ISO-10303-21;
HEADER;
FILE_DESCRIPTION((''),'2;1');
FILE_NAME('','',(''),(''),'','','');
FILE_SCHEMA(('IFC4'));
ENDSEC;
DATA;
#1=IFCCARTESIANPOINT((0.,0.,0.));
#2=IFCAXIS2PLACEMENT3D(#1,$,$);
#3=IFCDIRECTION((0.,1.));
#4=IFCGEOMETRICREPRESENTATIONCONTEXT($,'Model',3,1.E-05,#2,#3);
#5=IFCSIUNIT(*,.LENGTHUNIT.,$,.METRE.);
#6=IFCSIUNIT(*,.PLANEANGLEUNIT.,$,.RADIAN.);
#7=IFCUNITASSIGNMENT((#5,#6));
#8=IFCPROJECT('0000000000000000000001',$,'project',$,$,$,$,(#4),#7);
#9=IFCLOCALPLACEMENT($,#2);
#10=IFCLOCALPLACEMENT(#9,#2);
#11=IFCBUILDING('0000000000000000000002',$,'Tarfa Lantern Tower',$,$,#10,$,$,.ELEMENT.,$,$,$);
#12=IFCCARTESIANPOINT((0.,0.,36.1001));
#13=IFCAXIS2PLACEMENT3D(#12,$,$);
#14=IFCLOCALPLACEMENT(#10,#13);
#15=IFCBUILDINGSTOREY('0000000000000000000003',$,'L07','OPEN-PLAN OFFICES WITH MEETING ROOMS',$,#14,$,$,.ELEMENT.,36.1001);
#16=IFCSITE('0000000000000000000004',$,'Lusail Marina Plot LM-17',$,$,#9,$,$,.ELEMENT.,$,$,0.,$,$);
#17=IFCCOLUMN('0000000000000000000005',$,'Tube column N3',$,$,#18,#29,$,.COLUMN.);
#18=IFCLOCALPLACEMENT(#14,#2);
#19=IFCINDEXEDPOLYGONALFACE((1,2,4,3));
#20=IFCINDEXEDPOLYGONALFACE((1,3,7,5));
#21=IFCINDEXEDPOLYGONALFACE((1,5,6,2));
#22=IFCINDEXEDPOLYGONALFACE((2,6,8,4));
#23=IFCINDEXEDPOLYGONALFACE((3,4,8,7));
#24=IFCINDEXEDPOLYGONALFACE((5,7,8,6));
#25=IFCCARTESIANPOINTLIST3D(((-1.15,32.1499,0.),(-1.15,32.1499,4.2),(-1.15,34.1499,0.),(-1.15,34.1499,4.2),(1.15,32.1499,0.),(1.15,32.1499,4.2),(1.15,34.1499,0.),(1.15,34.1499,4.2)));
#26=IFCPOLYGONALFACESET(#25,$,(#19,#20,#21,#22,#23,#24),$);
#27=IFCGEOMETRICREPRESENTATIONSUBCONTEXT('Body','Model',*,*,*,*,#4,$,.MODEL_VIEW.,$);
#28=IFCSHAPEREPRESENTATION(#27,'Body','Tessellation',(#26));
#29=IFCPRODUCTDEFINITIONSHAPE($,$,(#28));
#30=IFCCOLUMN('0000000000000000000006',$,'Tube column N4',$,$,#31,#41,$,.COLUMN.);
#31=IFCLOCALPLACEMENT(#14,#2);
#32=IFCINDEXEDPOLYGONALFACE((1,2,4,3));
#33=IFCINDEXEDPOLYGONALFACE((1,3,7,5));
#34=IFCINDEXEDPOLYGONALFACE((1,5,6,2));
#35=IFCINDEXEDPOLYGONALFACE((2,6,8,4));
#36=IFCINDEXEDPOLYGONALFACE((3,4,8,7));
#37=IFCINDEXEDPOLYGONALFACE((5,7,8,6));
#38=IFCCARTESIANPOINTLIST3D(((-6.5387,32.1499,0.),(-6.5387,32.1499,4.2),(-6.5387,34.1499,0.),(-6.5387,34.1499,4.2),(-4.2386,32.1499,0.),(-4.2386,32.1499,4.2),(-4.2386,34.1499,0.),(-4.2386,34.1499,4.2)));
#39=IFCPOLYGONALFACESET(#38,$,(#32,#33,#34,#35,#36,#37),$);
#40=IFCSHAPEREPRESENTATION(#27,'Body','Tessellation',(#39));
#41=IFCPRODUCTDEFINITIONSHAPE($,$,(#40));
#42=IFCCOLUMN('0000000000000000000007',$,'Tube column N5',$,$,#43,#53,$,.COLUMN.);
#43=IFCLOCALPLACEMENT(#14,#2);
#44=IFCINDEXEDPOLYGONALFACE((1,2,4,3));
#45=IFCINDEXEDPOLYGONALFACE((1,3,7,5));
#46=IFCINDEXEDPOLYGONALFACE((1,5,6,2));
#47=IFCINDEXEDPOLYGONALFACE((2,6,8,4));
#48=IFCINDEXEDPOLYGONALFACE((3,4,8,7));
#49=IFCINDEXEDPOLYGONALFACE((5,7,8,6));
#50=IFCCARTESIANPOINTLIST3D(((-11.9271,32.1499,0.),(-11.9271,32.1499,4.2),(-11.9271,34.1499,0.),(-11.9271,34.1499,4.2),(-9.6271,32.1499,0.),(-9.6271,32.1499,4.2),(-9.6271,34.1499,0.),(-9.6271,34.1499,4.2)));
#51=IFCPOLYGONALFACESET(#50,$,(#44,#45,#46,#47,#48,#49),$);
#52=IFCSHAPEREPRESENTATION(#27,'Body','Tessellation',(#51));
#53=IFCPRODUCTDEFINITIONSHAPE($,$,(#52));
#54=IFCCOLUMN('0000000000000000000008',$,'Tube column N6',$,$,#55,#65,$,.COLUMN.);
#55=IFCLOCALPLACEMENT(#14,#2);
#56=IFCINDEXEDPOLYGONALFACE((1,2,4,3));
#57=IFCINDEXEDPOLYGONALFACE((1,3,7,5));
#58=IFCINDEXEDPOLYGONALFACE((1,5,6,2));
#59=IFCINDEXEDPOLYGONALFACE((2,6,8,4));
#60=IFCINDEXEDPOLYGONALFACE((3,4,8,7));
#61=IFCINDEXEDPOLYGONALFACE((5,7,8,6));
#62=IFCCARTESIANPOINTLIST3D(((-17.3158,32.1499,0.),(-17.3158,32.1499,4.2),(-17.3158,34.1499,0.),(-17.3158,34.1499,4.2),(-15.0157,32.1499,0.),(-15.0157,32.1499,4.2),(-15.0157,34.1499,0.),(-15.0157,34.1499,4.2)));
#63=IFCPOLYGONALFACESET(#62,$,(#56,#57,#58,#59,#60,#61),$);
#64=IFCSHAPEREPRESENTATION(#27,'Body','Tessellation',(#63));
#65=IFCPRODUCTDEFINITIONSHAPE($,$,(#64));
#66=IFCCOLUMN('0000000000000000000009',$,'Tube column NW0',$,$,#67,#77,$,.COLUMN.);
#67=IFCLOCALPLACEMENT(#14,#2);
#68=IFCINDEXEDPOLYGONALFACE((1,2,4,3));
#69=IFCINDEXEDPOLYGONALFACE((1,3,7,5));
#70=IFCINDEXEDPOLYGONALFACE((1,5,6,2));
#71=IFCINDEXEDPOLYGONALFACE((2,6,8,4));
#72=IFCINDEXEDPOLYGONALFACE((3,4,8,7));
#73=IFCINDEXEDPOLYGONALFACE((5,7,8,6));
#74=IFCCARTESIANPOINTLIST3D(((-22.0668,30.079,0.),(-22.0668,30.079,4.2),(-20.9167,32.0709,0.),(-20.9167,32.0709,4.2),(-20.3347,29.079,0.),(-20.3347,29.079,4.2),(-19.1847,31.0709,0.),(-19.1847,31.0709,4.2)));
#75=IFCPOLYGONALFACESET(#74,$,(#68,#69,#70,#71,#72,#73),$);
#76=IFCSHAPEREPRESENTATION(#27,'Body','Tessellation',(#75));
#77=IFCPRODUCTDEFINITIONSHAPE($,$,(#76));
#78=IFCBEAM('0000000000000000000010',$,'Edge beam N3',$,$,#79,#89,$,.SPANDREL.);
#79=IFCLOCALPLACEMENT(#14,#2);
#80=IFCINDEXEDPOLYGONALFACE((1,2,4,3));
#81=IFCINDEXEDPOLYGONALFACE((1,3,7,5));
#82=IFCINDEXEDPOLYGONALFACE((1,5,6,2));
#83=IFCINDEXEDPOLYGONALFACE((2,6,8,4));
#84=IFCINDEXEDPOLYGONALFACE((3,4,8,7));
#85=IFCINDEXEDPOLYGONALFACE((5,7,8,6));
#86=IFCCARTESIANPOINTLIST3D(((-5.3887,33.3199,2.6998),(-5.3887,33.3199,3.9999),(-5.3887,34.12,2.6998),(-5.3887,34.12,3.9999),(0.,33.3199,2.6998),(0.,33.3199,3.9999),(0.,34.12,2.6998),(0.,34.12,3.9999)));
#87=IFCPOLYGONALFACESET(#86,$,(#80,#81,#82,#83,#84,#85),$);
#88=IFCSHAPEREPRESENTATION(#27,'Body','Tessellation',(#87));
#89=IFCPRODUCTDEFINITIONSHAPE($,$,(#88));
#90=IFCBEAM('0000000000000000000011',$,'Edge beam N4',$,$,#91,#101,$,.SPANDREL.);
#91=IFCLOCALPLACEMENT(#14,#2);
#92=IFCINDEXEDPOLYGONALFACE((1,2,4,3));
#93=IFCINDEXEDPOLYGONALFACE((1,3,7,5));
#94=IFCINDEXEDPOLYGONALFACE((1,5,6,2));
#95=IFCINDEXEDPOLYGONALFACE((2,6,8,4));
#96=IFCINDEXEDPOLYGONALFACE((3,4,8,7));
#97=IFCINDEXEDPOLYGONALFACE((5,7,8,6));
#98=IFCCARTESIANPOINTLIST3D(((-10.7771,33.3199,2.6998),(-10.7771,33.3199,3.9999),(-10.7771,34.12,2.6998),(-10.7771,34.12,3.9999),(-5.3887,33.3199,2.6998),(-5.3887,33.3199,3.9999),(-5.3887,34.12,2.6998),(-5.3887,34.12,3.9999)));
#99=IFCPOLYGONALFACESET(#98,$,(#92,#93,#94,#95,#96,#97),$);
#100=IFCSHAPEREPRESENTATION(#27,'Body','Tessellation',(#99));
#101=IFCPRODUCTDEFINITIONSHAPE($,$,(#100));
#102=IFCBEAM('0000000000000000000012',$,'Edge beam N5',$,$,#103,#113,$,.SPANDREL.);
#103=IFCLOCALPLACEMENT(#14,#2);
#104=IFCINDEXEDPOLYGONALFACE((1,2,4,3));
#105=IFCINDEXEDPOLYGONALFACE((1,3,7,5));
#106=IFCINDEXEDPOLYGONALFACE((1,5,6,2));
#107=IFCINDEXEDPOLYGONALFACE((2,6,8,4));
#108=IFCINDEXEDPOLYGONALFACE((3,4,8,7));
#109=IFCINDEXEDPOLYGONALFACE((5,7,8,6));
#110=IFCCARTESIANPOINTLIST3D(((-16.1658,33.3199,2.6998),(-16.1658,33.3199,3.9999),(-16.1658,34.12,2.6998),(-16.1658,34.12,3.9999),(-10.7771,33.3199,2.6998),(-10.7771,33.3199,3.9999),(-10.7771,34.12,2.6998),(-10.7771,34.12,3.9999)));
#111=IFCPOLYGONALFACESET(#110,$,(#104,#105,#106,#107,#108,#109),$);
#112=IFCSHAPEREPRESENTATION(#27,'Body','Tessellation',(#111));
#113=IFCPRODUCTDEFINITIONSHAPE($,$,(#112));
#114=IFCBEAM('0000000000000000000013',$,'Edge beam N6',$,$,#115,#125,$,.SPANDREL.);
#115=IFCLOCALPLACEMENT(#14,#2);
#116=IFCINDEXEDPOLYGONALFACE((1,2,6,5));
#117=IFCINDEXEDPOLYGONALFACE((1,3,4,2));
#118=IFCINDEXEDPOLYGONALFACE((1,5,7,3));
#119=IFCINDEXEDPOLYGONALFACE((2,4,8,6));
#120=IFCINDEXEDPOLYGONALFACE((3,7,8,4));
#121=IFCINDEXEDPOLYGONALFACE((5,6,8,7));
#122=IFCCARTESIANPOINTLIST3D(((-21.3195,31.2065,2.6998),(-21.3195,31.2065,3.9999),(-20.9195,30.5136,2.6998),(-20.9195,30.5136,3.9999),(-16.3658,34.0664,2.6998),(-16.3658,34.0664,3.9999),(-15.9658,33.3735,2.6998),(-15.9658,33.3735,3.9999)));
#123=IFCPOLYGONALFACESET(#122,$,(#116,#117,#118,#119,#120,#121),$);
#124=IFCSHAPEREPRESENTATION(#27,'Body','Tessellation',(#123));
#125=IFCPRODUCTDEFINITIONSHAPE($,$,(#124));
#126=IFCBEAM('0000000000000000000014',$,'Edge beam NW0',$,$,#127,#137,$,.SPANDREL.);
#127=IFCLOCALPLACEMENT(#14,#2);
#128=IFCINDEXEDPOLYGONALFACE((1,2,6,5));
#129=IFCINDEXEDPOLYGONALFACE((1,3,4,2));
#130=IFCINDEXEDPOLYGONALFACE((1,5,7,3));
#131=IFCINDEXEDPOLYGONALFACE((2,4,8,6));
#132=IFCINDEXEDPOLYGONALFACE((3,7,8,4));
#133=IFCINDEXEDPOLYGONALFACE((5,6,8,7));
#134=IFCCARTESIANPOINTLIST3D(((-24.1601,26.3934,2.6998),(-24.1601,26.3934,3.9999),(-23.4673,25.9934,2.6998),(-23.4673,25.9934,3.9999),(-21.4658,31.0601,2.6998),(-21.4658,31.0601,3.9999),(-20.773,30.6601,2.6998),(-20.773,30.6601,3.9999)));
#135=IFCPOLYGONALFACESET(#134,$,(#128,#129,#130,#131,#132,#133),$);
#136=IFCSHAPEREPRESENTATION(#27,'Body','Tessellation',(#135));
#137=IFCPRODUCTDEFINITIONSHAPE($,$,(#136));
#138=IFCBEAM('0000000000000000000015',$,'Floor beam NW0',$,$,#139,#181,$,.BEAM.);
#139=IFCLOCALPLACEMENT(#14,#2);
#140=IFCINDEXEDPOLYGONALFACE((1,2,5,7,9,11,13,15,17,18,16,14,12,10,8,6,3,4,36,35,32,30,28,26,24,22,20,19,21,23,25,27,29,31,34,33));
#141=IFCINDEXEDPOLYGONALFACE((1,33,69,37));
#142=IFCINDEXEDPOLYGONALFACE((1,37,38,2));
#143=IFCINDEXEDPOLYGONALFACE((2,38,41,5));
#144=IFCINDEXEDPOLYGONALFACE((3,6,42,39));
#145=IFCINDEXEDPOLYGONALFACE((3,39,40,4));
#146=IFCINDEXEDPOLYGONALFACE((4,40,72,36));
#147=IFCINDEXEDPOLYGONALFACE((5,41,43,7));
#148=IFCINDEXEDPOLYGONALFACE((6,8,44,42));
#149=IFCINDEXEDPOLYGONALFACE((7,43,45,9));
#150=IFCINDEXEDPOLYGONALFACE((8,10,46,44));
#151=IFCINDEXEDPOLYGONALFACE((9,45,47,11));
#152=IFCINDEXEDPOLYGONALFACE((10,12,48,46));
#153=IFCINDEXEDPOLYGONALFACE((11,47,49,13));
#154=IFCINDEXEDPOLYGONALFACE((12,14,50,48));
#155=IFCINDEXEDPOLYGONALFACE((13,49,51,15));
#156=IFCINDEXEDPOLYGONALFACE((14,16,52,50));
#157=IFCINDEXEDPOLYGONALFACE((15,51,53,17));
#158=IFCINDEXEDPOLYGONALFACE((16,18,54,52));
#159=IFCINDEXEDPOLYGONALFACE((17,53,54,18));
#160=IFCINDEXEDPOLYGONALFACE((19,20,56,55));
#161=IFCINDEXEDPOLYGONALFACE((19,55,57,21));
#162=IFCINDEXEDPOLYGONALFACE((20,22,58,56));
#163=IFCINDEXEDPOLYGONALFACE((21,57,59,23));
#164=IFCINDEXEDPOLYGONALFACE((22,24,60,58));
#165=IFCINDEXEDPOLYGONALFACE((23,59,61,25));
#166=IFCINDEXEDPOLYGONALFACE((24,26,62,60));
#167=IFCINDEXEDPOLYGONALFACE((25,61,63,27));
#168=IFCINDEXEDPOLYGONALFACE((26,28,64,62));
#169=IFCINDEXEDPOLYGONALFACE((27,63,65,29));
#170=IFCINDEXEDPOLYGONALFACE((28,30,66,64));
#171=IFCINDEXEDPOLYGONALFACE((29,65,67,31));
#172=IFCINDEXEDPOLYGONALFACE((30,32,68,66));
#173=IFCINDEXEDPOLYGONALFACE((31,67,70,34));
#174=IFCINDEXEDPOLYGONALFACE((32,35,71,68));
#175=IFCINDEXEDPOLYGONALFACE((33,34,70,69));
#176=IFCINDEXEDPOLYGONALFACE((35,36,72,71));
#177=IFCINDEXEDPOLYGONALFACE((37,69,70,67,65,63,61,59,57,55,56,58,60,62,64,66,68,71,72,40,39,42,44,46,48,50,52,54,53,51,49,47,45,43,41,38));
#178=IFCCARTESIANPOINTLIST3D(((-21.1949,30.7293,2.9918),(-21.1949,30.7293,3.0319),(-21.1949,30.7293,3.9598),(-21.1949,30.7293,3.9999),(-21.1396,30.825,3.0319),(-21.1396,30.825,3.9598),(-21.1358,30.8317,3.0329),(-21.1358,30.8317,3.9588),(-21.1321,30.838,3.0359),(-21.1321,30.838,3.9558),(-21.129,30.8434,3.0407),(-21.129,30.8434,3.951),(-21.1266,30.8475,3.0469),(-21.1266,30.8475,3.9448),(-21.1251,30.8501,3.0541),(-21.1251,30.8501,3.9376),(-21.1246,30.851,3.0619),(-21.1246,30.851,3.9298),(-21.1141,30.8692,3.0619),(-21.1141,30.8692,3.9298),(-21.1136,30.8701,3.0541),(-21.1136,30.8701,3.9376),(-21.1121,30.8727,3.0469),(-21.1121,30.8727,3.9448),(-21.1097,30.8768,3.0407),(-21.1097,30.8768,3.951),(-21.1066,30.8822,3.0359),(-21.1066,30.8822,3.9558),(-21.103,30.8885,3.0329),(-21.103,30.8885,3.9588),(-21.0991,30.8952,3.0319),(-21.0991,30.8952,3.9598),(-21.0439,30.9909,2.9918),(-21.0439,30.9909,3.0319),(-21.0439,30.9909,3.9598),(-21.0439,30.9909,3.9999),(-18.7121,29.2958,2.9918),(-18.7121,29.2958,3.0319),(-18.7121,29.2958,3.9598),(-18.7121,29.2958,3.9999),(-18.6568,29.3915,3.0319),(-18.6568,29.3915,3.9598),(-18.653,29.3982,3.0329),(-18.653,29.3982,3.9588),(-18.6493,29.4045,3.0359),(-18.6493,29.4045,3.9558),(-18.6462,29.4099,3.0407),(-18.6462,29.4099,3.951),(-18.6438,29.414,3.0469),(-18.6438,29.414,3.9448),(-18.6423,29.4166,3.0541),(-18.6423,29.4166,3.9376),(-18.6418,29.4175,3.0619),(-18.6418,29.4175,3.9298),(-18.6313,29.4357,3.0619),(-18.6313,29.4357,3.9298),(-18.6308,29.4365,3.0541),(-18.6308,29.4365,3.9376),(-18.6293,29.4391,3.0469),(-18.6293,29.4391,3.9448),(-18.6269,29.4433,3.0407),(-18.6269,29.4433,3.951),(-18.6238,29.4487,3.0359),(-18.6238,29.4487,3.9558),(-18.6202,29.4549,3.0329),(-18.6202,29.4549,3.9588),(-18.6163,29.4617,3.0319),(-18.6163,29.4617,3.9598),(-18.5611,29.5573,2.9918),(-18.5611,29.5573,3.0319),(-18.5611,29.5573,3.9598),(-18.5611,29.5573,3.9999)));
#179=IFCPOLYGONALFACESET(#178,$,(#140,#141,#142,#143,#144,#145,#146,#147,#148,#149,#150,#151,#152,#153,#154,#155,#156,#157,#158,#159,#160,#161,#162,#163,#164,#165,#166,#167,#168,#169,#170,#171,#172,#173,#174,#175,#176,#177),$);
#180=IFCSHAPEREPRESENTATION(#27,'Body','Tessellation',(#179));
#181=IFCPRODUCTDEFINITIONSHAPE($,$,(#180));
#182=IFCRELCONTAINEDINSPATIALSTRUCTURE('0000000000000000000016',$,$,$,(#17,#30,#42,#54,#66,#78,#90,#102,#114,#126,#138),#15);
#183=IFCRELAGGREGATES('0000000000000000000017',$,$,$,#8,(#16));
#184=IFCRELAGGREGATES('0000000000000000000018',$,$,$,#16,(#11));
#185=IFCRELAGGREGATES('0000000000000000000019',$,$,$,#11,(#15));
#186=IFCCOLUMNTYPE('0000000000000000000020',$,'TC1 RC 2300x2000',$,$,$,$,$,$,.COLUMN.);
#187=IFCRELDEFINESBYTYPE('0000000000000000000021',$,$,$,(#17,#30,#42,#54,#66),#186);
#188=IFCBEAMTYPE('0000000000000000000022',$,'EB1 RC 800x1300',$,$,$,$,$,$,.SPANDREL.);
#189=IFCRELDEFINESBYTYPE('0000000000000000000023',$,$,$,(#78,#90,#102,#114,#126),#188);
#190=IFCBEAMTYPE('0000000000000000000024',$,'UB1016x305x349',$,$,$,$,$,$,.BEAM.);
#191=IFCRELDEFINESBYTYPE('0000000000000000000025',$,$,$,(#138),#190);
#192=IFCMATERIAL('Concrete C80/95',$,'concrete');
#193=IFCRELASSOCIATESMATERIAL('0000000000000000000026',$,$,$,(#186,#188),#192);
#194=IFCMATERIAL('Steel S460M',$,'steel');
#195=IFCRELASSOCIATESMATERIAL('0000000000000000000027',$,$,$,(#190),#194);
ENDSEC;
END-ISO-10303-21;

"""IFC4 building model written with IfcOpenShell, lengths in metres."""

from ifc_helpers import new_model, si_unit, direction, frame, origin, origin_2d, place, context, subcontext, project, spatial, rectangle, i_section, extrude, material, material_profile, profile_set, type_object, element, save


model = new_model("IFC4")

# Units and contexts
model_context = context("Model", 3, precision=1e-05, world=origin(), true_north=direction((0.0, 1.0)))
body_context = subcontext(model_context, "Body", "Model", "MODEL_VIEW")
ifc_project = project(units=[si_unit("LENGTHUNIT", "METRE"), si_unit("PLANEANGLEUNIT", "RADIAN")], contexts=[model_context])

# Site, building, storey
site_placement = place(None, origin())
site = spatial("IfcSite", under=ifc_project, at=site_placement, Name="Lusail Marina Plot LM-17", CompositionType="ELEMENT", RefElevation=0.0)
building_placement = place(site_placement, origin())
building = spatial("IfcBuilding", under=site, at=building_placement, Name="Tarfa Lantern Tower", CompositionType="ELEMENT")
storey_placement = place(building_placement, frame((0.0, 0.0, 36.1001)))
storey = spatial("IfcBuildingStorey", under=building, at=storey_placement, Name="L07", Description="OPEN-PLAN OFFICES WITH MEETING ROOMS", CompositionType="ELEMENT", Elevation=36.1001)

# Columns
ifc_material_1 = material(Name="Concrete C80/95", Category="concrete")
ifc_material_profile_1 = material_profile(ifc_material_1, rectangle(XDim=2.3, YDim=2.0, at=origin_2d()), Name="RC 2300x2000")
ifc_profile_set_1 = profile_set([ifc_material_profile_1], Name="Concrete C80/95")
column_type = type_object("IfcColumnType", Name="TC1 RC 2300x2000", PredefinedType="COLUMN", material=ifc_profile_set_1)
for number, where, z_axis, x_axis, name in (
    (1, (0.0, 33.1499, 0.0), (0.0, 0.0, 1.0), (-1.0, 0.0, 0.0), "Tube column N3"),
    (2, (-5.3887, 33.1499, 0.0), (0.0, 0.0, 1.0), (-1.0, 0.0, 0.0), "Tube column N4"),
    (3, (-10.7771, 33.1499, 0.0), (0.0, 0.0, 1.0), (-1.0, 0.0, 0.0), "Tube column N5"),
    (4, (-16.1658, 33.1499, 0.0), (0.0, 0.0, 1.0), (-1.0, 0.0, 0.0), "Tube column N6"),
    (5, (-20.6257, 30.575, 0.0), (0.0, 0.0, 1.0), (-0.5, -0.866025, 0.0), "Tube column NW0"),
):
    element("IfcColumn", number, at=place(storey_placement, frame(where, z_axis=z_axis, x_axis=x_axis)), inside=storey, type_object=column_type, Name=name, PredefinedType="COLUMN", context=body_context, shape_type="SweptSolid", body=[
        extrude(rectangle(XDim=2.3, YDim=2.0, at=origin_2d()), origin(), (0.0, 0.0, 1.0), 4.2),
    ])

# Beams
ifc_material_profile_2 = material_profile(ifc_material_1, rectangle(XDim=0.8, YDim=1.3, at=origin_2d()), Name="RC 800x1300")
ifc_profile_set_2 = profile_set([ifc_material_profile_2], Name="Concrete C80/95")
beam_type_1 = type_object("IfcBeamType", Name="EB1 RC 800x1300", PredefinedType="SPANDREL", material=ifc_profile_set_2)
beam_1_placement = place(storey_placement, frame((0.0, 33.72, 3.3499), z_axis=(-1.0, 0.0, 0.0), x_axis=(0.0, -1.0, 0.0)))
element("IfcBeam", 6, at=beam_1_placement, inside=storey, type_object=beam_type_1, Name="Edge beam N3", PredefinedType="SPANDREL", context=body_context, shape_type="SweptSolid", body=[
    extrude(rectangle(XDim=0.8, YDim=1.3, at=origin_2d()), origin(), (0.0, 0.0, 1.0), 5.3887),
])
beam_2_placement = place(storey_placement, frame((-5.3887, 33.72, 3.3499), z_axis=(-1.0, 0.0, 0.0), x_axis=(0.0, -1.0, 0.0)))
element("IfcBeam", 7, at=beam_2_placement, inside=storey, type_object=beam_type_1, Name="Edge beam N4", PredefinedType="SPANDREL", context=body_context, shape_type="SweptSolid", body=[
    extrude(rectangle(XDim=0.8, YDim=1.3, at=origin_2d()), origin(), (0.0, 0.0, 1.0), 5.3884),
])
beam_3_placement = place(storey_placement, frame((-10.7771, 33.72, 3.3499), z_axis=(-1.0, 0.0, 0.0), x_axis=(0.0, -1.0, 0.0)))
element("IfcBeam", 8, at=beam_3_placement, inside=storey, type_object=beam_type_1, Name="Edge beam N5", PredefinedType="SPANDREL", context=body_context, shape_type="SweptSolid", body=[
    extrude(rectangle(XDim=0.8, YDim=1.3, at=origin_2d()), origin(), (0.0, 0.0, 1.0), 5.3887),
])
beam_4_placement = place(storey_placement, frame((-16.1658, 33.72, 3.3499), z_axis=(-0.866033, -0.499986, 0.0), x_axis=(0.499986, -0.866033, 0.0)))
element("IfcBeam", 9, at=beam_4_placement, inside=storey, type_object=beam_type_1, Name="Edge beam N6", PredefinedType="SPANDREL", context=body_context, shape_type="SweptSolid", body=[
    extrude(rectangle(XDim=0.8, YDim=1.3, at=origin_2d()), origin(), (0.0, 0.0, 1.0), 5.72),
])
beam_5_placement = place(storey_placement, frame((-21.1194, 30.8601, 3.3499), z_axis=(-0.499998, -0.866026, 0.0), x_axis=(0.866026, -0.499998, 0.0)))
element("IfcBeam", 10, at=beam_5_placement, inside=storey, type_object=beam_type_1, Name="Edge beam NW0", PredefinedType="SPANDREL", context=body_context, shape_type="SweptSolid", body=[
    extrude(rectangle(XDim=0.8, YDim=1.3, at=origin_2d()), origin(), (0.0, 0.0, 1.0), 5.3887),
])
ifc_material_2 = material(Name="Steel S460M", Category="steel")
ifc_material_profile_3 = material_profile(ifc_material_2, i_section(OverallWidth=0.302, OverallDepth=1.0081, WebThickness=0.021, FlangeThickness=0.04, FilletRadius=0.03, at=origin_2d()), Name="UB1016x305x349")
ifc_profile_set_3 = profile_set([ifc_material_profile_3], Name="Steel S460M")
beam_type_2 = type_object("IfcBeamType", Name="UB1016x305x349", PredefinedType="BEAM", material=ifc_profile_set_3)
beam_6_placement = place(storey_placement, frame((-21.1194, 30.8601, 3.4958), z_axis=(0.866013, -0.500022, 0.0), x_axis=(0.500022, 0.866013, 0.0)))
element("IfcBeam", 11, at=beam_6_placement, inside=storey, type_object=beam_type_2, Name="Floor beam NW0", PredefinedType="BEAM", context=body_context, shape_type="SweptSolid", body=[
    extrude(i_section(OverallWidth=0.302, OverallDepth=1.0081, WebThickness=0.021, FlangeThickness=0.04, FilletRadius=0.03, at=origin_2d()), origin(), (0.0, 0.0, 1.0), 2.8669),
])

save(model, "model.ifc")
